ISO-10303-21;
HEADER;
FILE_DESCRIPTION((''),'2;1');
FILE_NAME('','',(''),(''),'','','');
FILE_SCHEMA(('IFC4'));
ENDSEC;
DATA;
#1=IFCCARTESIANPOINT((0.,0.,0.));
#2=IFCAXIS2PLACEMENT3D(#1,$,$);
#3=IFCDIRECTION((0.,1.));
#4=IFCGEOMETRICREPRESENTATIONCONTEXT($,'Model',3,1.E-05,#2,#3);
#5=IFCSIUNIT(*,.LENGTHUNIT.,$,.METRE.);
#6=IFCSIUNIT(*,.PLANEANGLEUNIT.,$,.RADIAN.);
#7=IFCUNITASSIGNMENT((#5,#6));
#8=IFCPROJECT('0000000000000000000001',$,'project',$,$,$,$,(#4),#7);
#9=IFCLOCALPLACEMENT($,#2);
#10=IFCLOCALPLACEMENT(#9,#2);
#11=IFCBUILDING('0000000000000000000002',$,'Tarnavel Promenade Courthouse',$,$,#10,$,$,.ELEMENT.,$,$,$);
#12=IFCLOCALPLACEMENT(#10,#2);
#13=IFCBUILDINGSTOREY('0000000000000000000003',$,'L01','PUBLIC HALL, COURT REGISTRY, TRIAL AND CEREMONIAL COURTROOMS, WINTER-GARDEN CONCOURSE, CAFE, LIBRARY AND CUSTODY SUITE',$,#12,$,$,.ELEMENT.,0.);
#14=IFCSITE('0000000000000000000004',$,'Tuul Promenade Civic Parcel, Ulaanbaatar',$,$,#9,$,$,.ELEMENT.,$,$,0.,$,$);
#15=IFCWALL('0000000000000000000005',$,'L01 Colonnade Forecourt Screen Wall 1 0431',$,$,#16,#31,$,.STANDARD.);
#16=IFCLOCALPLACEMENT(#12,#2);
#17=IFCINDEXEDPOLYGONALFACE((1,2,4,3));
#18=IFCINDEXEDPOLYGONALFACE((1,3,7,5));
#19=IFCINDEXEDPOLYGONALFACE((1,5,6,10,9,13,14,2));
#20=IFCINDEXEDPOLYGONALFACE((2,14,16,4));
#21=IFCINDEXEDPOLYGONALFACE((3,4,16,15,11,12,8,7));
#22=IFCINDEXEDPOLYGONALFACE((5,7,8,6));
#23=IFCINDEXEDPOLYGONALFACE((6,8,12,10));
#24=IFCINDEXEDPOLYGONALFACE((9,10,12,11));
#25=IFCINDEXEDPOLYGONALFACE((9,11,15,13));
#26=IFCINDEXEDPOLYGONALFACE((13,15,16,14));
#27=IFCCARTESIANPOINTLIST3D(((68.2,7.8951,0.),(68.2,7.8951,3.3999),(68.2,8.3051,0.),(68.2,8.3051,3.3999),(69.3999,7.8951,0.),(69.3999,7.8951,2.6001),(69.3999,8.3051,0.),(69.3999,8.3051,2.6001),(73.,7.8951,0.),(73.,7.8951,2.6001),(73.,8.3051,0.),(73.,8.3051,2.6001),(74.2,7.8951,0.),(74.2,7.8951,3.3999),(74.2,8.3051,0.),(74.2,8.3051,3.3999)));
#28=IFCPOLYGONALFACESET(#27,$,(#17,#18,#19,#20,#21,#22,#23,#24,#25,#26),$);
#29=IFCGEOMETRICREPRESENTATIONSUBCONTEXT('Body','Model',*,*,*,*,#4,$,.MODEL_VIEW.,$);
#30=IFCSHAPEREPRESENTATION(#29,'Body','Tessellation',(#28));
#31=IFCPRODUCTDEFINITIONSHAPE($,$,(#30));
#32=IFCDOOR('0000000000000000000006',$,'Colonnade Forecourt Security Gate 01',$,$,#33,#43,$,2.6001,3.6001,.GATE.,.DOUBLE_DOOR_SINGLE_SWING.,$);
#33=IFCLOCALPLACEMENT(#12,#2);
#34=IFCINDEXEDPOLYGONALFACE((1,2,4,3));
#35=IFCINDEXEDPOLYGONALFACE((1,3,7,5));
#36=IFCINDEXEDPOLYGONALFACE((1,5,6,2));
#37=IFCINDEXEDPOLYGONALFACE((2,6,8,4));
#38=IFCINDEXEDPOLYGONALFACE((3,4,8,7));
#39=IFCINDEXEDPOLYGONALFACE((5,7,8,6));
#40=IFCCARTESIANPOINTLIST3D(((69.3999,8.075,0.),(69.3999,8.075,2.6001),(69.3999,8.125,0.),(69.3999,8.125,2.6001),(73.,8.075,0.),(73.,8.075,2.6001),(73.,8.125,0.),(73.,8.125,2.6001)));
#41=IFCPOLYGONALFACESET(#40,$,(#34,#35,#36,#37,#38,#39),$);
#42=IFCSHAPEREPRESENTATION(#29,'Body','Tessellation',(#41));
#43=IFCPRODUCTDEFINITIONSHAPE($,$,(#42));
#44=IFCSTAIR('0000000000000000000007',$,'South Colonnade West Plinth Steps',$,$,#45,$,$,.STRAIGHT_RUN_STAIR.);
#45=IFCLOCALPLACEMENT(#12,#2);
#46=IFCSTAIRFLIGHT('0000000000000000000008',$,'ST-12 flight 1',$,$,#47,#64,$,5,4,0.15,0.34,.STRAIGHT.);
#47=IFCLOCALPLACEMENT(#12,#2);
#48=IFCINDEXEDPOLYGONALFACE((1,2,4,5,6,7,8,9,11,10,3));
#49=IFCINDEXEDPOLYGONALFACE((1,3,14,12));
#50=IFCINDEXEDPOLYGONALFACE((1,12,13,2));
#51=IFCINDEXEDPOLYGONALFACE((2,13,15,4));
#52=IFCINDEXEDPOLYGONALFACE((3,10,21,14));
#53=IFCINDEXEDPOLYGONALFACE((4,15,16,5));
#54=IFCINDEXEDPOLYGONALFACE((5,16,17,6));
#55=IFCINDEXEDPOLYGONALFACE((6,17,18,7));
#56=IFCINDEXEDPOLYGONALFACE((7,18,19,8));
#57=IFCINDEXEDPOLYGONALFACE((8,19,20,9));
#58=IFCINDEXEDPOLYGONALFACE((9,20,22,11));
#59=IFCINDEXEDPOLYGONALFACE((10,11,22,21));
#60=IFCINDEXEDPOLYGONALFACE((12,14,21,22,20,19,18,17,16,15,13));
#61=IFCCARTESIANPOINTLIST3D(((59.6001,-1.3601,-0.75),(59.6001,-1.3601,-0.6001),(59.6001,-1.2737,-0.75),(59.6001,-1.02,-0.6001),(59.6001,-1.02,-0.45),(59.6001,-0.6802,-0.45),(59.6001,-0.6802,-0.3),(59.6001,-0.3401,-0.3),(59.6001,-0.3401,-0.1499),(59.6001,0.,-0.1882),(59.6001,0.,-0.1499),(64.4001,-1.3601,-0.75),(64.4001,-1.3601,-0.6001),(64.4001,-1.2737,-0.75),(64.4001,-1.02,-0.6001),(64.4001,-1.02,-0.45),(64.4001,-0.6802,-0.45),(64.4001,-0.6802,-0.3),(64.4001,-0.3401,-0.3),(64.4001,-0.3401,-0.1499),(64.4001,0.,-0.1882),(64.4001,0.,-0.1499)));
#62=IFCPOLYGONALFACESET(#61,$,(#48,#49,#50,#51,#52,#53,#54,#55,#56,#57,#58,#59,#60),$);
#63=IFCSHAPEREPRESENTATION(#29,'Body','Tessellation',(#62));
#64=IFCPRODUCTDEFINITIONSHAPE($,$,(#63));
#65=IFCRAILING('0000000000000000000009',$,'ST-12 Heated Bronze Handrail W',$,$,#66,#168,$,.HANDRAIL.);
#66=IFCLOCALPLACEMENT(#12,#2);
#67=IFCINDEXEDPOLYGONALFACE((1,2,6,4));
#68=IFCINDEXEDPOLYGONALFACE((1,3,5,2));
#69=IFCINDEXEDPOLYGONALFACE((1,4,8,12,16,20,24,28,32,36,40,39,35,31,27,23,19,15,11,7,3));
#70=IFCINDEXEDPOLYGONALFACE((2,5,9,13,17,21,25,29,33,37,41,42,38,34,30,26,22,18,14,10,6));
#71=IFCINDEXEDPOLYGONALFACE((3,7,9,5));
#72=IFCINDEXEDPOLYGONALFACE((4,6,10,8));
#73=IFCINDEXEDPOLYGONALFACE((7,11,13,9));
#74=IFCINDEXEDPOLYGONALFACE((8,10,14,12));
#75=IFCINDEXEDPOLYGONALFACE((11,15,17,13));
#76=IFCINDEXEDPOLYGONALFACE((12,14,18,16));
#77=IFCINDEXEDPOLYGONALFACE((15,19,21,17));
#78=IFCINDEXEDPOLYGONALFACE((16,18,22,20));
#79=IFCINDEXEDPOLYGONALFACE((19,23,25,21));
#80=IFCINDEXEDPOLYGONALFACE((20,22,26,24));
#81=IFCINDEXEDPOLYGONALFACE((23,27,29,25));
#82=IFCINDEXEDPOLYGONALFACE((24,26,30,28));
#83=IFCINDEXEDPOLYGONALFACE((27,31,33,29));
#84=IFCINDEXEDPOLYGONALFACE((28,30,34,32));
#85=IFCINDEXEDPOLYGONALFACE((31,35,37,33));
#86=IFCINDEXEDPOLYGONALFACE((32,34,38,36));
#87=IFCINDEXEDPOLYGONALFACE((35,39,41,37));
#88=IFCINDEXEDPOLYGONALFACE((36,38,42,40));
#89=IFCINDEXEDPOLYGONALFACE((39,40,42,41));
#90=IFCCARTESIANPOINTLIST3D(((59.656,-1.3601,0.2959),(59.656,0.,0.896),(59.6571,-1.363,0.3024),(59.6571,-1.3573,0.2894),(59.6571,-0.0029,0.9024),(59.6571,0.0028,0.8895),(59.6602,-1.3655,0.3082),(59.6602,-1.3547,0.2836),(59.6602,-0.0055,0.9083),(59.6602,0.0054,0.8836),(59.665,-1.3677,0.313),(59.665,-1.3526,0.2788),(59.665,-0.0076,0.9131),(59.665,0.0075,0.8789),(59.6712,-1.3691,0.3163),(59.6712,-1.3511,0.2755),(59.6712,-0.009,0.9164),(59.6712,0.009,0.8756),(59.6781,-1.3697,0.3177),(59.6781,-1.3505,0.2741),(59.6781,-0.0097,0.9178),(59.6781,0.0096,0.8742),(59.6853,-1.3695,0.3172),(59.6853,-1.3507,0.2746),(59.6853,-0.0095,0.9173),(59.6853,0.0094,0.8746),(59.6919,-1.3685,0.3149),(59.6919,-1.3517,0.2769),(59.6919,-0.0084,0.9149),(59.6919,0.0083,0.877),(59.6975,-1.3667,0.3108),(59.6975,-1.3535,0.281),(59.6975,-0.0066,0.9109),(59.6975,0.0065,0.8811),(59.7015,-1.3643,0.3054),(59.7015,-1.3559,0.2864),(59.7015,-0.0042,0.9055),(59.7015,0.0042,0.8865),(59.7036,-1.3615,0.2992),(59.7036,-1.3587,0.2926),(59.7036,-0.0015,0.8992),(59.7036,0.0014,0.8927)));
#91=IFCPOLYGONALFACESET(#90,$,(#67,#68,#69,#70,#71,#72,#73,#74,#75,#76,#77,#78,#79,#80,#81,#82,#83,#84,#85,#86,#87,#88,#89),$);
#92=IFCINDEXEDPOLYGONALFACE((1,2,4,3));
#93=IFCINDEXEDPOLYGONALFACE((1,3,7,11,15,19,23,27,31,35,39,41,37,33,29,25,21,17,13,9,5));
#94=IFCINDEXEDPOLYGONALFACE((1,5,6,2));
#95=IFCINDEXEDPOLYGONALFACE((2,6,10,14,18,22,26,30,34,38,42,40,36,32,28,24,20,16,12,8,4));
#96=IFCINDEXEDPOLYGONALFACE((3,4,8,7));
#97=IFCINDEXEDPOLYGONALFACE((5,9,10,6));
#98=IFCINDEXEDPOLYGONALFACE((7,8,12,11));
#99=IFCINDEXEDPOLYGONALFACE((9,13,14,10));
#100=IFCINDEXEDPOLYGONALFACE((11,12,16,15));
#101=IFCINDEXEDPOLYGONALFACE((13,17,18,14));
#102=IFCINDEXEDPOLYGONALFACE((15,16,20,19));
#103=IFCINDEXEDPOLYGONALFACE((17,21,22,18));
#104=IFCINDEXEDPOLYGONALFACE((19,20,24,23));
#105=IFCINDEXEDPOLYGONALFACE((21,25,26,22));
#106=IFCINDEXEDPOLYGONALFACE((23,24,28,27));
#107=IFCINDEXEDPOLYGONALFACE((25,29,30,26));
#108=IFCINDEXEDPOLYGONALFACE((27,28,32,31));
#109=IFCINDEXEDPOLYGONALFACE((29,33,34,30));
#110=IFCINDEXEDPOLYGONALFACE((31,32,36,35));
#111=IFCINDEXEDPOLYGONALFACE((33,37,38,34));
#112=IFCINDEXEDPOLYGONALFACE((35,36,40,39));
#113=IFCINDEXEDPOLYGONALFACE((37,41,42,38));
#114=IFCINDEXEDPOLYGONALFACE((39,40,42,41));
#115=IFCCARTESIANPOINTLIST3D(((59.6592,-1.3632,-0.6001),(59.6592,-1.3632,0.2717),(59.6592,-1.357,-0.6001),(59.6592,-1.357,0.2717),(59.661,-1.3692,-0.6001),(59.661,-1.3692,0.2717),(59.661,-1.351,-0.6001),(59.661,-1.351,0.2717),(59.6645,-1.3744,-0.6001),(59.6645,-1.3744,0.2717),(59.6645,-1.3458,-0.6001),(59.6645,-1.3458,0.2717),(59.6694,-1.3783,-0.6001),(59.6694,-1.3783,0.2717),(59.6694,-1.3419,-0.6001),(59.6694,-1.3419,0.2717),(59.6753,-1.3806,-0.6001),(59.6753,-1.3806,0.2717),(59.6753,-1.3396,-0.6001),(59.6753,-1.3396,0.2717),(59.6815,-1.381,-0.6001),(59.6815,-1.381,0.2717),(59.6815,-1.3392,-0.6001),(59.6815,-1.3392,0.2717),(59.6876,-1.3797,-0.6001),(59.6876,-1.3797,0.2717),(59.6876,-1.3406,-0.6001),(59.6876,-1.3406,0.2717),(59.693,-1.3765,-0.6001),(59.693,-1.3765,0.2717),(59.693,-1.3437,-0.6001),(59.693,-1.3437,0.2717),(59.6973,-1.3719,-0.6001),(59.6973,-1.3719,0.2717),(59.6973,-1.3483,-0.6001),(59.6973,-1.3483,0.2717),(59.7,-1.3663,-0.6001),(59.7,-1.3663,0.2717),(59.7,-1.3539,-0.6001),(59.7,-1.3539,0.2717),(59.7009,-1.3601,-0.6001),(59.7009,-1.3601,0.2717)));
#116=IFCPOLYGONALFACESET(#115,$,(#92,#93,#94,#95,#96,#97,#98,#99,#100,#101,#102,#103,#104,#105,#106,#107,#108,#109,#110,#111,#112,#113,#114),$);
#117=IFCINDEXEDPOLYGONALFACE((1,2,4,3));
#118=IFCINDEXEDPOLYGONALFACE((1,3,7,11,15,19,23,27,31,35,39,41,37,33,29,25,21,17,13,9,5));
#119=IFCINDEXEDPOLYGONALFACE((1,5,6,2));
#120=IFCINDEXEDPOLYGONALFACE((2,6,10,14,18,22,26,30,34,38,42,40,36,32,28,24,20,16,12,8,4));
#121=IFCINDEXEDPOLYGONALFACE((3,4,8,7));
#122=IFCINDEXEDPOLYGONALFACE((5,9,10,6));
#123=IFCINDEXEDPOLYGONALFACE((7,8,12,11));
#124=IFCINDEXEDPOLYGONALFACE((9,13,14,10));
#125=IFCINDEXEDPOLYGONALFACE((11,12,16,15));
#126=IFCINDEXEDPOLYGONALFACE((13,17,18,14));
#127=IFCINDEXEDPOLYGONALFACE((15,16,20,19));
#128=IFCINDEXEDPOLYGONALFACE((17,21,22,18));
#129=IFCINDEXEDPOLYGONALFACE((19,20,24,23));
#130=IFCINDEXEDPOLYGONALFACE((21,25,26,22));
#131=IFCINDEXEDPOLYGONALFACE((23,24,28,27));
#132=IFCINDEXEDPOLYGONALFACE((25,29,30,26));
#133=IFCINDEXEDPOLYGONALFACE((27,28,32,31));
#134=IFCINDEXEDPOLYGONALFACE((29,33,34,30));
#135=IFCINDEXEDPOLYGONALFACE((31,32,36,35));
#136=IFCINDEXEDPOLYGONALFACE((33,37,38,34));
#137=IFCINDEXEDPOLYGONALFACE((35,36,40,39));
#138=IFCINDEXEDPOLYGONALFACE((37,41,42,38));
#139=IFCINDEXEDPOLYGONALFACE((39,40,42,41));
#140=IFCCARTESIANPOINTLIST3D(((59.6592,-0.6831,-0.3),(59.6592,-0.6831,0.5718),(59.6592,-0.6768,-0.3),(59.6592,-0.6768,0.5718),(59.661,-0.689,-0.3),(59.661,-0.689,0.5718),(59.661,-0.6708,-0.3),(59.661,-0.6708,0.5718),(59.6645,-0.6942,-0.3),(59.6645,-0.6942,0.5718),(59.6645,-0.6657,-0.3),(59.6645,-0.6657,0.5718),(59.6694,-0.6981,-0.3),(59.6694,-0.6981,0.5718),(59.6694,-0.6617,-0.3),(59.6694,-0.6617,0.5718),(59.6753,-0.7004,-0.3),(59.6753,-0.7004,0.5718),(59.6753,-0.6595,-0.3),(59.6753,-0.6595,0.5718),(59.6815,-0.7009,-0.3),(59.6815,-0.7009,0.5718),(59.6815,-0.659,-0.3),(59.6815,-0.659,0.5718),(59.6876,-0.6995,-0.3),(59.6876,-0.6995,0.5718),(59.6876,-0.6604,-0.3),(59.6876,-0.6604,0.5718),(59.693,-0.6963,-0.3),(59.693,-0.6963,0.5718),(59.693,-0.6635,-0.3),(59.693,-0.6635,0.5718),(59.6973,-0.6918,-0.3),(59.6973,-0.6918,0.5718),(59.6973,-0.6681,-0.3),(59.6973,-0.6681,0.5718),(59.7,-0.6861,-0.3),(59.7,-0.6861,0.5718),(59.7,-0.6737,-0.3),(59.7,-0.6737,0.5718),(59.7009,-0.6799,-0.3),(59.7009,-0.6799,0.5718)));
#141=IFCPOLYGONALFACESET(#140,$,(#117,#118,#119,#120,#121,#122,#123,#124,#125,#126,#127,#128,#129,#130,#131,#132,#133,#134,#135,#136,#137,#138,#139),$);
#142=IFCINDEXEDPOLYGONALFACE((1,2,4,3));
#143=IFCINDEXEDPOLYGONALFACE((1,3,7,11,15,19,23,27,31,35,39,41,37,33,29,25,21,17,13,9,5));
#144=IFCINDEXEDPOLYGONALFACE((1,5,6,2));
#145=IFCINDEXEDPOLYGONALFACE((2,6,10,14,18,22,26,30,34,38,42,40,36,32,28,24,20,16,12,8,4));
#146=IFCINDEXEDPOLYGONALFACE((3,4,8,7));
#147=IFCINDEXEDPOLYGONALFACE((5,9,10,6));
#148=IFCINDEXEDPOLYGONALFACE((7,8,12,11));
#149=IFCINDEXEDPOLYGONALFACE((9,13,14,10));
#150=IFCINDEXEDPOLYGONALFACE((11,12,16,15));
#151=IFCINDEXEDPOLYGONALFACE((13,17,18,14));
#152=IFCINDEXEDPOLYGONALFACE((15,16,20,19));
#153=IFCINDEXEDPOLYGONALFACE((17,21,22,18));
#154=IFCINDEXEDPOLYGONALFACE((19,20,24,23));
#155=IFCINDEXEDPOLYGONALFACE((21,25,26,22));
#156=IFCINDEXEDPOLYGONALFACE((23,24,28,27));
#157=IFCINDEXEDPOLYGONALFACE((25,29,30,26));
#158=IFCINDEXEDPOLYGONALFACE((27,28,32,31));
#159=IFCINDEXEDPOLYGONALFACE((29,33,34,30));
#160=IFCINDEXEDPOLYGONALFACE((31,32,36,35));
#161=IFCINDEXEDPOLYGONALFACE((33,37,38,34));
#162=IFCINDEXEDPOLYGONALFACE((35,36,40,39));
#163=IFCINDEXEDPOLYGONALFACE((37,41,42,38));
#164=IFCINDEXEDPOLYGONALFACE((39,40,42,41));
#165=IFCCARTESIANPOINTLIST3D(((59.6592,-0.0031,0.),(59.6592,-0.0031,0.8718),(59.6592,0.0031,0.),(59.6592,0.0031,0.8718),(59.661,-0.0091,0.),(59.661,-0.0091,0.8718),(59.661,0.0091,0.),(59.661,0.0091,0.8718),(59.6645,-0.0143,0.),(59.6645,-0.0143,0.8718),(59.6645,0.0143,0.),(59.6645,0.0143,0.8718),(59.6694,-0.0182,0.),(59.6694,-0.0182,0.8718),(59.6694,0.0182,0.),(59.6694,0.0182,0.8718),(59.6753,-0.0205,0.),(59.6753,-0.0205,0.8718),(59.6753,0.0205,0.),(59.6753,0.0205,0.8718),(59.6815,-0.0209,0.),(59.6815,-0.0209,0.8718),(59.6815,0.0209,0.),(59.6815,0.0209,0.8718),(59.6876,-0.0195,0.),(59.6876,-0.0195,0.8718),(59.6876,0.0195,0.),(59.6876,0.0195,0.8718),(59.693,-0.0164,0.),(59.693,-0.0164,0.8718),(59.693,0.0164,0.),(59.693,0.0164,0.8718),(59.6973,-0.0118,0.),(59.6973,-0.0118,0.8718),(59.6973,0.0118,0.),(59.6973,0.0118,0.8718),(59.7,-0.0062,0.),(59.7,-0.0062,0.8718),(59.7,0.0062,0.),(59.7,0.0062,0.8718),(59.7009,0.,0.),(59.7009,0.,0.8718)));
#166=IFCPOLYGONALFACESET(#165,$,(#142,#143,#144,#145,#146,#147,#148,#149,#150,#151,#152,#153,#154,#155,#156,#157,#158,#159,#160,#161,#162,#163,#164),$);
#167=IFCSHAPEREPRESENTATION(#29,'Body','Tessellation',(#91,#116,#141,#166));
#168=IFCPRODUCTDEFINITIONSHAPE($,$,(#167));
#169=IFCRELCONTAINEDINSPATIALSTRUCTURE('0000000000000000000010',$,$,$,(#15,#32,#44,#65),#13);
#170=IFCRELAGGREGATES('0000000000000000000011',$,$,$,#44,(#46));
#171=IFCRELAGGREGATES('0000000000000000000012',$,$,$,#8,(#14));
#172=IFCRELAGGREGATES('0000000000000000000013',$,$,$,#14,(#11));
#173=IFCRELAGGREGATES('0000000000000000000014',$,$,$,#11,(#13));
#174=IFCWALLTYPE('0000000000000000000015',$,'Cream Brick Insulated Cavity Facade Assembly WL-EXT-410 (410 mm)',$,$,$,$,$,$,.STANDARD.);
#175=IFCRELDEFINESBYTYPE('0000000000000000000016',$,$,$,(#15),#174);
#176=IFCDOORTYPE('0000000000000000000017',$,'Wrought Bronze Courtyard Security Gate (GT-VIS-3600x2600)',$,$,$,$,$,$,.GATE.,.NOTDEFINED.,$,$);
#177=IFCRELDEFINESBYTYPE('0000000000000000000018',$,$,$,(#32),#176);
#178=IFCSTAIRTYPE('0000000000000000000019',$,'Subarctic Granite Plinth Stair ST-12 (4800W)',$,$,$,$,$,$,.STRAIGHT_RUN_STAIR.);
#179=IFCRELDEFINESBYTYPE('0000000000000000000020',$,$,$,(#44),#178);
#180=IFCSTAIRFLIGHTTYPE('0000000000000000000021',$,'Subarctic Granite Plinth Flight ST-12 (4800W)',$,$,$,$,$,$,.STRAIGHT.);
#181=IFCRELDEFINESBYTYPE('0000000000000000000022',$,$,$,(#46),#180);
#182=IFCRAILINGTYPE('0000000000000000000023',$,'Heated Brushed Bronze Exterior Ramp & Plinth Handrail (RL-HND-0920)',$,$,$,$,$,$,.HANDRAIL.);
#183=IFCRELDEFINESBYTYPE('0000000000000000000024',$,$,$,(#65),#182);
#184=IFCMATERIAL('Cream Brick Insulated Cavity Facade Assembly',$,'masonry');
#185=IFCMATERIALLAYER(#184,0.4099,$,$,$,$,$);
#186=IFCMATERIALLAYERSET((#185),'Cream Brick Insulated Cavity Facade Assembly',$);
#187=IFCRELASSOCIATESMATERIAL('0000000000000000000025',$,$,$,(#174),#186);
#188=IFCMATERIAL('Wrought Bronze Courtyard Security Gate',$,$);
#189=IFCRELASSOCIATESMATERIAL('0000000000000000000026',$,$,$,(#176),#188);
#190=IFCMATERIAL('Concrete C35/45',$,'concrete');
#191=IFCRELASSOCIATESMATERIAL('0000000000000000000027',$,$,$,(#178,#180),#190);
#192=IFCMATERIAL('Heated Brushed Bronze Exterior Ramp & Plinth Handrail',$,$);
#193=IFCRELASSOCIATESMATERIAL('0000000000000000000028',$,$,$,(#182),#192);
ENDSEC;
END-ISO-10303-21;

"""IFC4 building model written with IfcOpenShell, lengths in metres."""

from ifc_helpers import new_model, si_unit, direction, frame, frame_2d, origin, origin_2d, place, context, subcontext, project, spatial, polyline, rectangle, circle, outline, extrude, material, layer, layer_set, type_object, element, fill, aggregate, save


model = new_model("IFC4")

# Units and contexts
model_context = context("Model", 3, precision=1e-05, world=origin(), true_north=direction((0.0, 1.0)))
body_context = subcontext(model_context, "Body", "Model", "MODEL_VIEW")
ifc_project = project(units=[si_unit("LENGTHUNIT", "METRE"), si_unit("PLANEANGLEUNIT", "RADIAN")], contexts=[model_context])

# Site, building, storey
site_placement = place(None, origin())
site = spatial("IfcSite", under=ifc_project, at=site_placement, Name="Tuul Promenade Civic Parcel, Ulaanbaatar", CompositionType="ELEMENT", RefElevation=0.0)
building_placement = place(site_placement, origin())
building = spatial("IfcBuilding", under=site, at=building_placement, Name="Tarnavel Promenade Courthouse", CompositionType="ELEMENT")
storey_placement = place(building_placement, origin())
storey = spatial("IfcBuildingStorey", under=building, at=storey_placement, Name="L01", Description="PUBLIC HALL, COURT REGISTRY, TRIAL AND CEREMONIAL COURTROOMS, WINTER-GARDEN CONCOURSE, CAFE, LIBRARY AND CUSTODY SUITE", CompositionType="ELEMENT", Elevation=0.0)

# Wall, opening, door
ifc_material_1 = material(Name="Cream Brick Insulated Cavity Facade Assembly", Category="masonry")
ifc_layer_1 = layer(ifc_material_1, 0.4099)
ifc_layer_set_1 = layer_set([ifc_layer_1], Name="Cream Brick Insulated Cavity Facade Assembly")
wall_type_1 = type_object("IfcWallType", Name="Cream Brick Insulated Cavity Facade Assembly WL-EXT-410 (410 mm)", PredefinedType="STANDARD", material=ifc_layer_set_1)
wall_1_placement = place(storey_placement, frame((68.2, 8.1001, 0.0), z_axis=(0.0, 0.0, 1.0), x_axis=(1.0, 0.0, 0.0)))
wall_1 = element("IfcWall", 1, at=wall_1_placement, inside=storey, type_object=wall_type_1, Name="L01 Colonnade Forecourt Screen Wall 1 0431", PredefinedType="STANDARD", context=body_context, shape_type="SweptSolid", body=[
    extrude(rectangle(XDim=6.0, YDim=0.4099, at=frame_2d((3.0, 0.0))), origin(), (0.0, 0.0, 1.0), 3.3999),
])
opening_1_placement = place(wall_1_placement, frame((1.2, 0.0, 0.0)))
opening_1 = element("IfcOpeningElement", 2, at=opening_1_placement, cuts=wall_1, PredefinedType="OPENING", context=body_context, shape_type="SweptSolid", body=[
    extrude(rectangle(XDim=3.6001, YDim=2.6001, at=frame_2d((1.8, 1.3))), frame((0.0, 0.2148, 0.0), z_axis=(0.0, -1.0, 0.0), x_axis=(1.0, 0.0, 0.0)), (0.0, 0.0, 1.0), 0.4299),
])
ifc_material_2 = material(Name="Wrought Bronze Courtyard Security Gate")
door_type_1 = type_object("IfcDoorType", Name="Wrought Bronze Courtyard Security Gate (GT-VIS-3600x2600)", OperationType="NOTDEFINED", PredefinedType="GATE", material=ifc_material_2)
door_1_placement = place(opening_1_placement, origin())
door_1 = element("IfcDoor", 3, at=door_1_placement, inside=storey, type_object=door_type_1, Name="Colonnade Forecourt Security Gate 01", OperationType="DOUBLE_DOOR_SINGLE_SWING", OverallHeight=2.6001, OverallWidth=3.6001, PredefinedType="GATE", context=body_context, shape_type="SweptSolid", body=[
    extrude(rectangle(XDim=3.6001, YDim=2.6001, at=frame_2d((1.8, 1.3))), frame((0.0, 0.0249, 0.0), z_axis=(0.0, -1.0, 0.0), x_axis=(1.0, 0.0, 0.0)), (0.0, 0.0, 1.0), 0.05),
])
fill(opening_1, door_1)

# Stair, stair flight
ifc_material_3 = material(Name="Concrete C35/45", Category="concrete")
stair_type = type_object("IfcStairType", Name="Subarctic Granite Plinth Stair ST-12 (4800W)", PredefinedType="STRAIGHT_RUN_STAIR", material=ifc_material_3)
stair_placement = place(storey_placement, origin())
stair = element("IfcStair", 4, at=stair_placement, inside=storey, type_object=stair_type, Name="South Colonnade West Plinth Steps", PredefinedType="STRAIGHT_RUN_STAIR")
stair_flight_type = type_object("IfcStairFlightType", Name="Subarctic Granite Plinth Flight ST-12 (4800W)", PredefinedType="STRAIGHT", material=ifc_material_3)
stair_flight_placement = place(storey_placement, frame((62.0, -1.3601, -0.75), z_axis=(0.0, 0.0, 1.0), x_axis=(0.0, 1.0, 0.0)))
stair_flight = element("IfcStairFlight", 5, at=stair_flight_placement, type_object=stair_flight_type, Name="ST-12 flight 1", NumberOfRisers=5, NumberOfTreads=4, PredefinedType="STRAIGHT", RiserHeight=0.15, TreadLength=0.34, context=body_context, shape_type="SweptSolid", body=[
    extrude(outline(polyline([(0.0, 0.0), (0.0, 0.1499), (0.3401, 0.1499), (0.3401, 0.3), (0.6799, 0.3), (0.6799, 0.45), (1.02, 0.45), (1.02, 0.6001), (1.3601, 0.6001), (1.3601, 0.75), (1.3601, 0.5618), (0.0864, 0.0), (0.0, 0.0)])), frame((0.0, 2.3999, 0.0), z_axis=(0.0, -1.0, 0.0), x_axis=(1.0, 0.0, 0.0)), (0.0, 0.0, 1.0), 4.8),
])
aggregate(stair, [stair_flight])

# Railing
ifc_material_4 = material(Name="Heated Brushed Bronze Exterior Ramp & Plinth Handrail")
railing_type_1 = type_object("IfcRailingType", Name="Heated Brushed Bronze Exterior Ramp & Plinth Handrail (RL-HND-0920)", PredefinedType="HANDRAIL", material=ifc_material_4)
for number, where, name in (
    (6, (59.6799, -1.3601, -0.6001), "ST-12 Heated Bronze Handrail W"),
):
    element("IfcRailing", number, at=place(storey_placement, frame(where)), inside=storey, type_object=railing_type_1, Name=name, PredefinedType="HANDRAIL", context=body_context, shape_type="SweptSolid", body=[
        extrude(circle(Radius=0.0239, at=origin_2d()), frame((0.0, 0.0, 0.896), z_axis=(0.0, 0.914905, 0.403669), x_axis=(-1.0, 0.0, 0.0)), (0.0, 0.0, 1.0), 1.4866),
        extrude(circle(Radius=0.021, at=origin_2d()), origin(), (0.0, 0.0, 1.0), 0.8718),
        extrude(circle(Radius=0.021, at=origin_2d()), frame((0.0, 0.6802, 0.3)), (0.0, 0.0, 1.0), 0.8718),
        extrude(circle(Radius=0.021, at=origin_2d()), frame((0.0, 1.3601, 0.6001)), (0.0, 0.0, 1.0), 0.8718),
    ])

save(model, "model.ifc")
